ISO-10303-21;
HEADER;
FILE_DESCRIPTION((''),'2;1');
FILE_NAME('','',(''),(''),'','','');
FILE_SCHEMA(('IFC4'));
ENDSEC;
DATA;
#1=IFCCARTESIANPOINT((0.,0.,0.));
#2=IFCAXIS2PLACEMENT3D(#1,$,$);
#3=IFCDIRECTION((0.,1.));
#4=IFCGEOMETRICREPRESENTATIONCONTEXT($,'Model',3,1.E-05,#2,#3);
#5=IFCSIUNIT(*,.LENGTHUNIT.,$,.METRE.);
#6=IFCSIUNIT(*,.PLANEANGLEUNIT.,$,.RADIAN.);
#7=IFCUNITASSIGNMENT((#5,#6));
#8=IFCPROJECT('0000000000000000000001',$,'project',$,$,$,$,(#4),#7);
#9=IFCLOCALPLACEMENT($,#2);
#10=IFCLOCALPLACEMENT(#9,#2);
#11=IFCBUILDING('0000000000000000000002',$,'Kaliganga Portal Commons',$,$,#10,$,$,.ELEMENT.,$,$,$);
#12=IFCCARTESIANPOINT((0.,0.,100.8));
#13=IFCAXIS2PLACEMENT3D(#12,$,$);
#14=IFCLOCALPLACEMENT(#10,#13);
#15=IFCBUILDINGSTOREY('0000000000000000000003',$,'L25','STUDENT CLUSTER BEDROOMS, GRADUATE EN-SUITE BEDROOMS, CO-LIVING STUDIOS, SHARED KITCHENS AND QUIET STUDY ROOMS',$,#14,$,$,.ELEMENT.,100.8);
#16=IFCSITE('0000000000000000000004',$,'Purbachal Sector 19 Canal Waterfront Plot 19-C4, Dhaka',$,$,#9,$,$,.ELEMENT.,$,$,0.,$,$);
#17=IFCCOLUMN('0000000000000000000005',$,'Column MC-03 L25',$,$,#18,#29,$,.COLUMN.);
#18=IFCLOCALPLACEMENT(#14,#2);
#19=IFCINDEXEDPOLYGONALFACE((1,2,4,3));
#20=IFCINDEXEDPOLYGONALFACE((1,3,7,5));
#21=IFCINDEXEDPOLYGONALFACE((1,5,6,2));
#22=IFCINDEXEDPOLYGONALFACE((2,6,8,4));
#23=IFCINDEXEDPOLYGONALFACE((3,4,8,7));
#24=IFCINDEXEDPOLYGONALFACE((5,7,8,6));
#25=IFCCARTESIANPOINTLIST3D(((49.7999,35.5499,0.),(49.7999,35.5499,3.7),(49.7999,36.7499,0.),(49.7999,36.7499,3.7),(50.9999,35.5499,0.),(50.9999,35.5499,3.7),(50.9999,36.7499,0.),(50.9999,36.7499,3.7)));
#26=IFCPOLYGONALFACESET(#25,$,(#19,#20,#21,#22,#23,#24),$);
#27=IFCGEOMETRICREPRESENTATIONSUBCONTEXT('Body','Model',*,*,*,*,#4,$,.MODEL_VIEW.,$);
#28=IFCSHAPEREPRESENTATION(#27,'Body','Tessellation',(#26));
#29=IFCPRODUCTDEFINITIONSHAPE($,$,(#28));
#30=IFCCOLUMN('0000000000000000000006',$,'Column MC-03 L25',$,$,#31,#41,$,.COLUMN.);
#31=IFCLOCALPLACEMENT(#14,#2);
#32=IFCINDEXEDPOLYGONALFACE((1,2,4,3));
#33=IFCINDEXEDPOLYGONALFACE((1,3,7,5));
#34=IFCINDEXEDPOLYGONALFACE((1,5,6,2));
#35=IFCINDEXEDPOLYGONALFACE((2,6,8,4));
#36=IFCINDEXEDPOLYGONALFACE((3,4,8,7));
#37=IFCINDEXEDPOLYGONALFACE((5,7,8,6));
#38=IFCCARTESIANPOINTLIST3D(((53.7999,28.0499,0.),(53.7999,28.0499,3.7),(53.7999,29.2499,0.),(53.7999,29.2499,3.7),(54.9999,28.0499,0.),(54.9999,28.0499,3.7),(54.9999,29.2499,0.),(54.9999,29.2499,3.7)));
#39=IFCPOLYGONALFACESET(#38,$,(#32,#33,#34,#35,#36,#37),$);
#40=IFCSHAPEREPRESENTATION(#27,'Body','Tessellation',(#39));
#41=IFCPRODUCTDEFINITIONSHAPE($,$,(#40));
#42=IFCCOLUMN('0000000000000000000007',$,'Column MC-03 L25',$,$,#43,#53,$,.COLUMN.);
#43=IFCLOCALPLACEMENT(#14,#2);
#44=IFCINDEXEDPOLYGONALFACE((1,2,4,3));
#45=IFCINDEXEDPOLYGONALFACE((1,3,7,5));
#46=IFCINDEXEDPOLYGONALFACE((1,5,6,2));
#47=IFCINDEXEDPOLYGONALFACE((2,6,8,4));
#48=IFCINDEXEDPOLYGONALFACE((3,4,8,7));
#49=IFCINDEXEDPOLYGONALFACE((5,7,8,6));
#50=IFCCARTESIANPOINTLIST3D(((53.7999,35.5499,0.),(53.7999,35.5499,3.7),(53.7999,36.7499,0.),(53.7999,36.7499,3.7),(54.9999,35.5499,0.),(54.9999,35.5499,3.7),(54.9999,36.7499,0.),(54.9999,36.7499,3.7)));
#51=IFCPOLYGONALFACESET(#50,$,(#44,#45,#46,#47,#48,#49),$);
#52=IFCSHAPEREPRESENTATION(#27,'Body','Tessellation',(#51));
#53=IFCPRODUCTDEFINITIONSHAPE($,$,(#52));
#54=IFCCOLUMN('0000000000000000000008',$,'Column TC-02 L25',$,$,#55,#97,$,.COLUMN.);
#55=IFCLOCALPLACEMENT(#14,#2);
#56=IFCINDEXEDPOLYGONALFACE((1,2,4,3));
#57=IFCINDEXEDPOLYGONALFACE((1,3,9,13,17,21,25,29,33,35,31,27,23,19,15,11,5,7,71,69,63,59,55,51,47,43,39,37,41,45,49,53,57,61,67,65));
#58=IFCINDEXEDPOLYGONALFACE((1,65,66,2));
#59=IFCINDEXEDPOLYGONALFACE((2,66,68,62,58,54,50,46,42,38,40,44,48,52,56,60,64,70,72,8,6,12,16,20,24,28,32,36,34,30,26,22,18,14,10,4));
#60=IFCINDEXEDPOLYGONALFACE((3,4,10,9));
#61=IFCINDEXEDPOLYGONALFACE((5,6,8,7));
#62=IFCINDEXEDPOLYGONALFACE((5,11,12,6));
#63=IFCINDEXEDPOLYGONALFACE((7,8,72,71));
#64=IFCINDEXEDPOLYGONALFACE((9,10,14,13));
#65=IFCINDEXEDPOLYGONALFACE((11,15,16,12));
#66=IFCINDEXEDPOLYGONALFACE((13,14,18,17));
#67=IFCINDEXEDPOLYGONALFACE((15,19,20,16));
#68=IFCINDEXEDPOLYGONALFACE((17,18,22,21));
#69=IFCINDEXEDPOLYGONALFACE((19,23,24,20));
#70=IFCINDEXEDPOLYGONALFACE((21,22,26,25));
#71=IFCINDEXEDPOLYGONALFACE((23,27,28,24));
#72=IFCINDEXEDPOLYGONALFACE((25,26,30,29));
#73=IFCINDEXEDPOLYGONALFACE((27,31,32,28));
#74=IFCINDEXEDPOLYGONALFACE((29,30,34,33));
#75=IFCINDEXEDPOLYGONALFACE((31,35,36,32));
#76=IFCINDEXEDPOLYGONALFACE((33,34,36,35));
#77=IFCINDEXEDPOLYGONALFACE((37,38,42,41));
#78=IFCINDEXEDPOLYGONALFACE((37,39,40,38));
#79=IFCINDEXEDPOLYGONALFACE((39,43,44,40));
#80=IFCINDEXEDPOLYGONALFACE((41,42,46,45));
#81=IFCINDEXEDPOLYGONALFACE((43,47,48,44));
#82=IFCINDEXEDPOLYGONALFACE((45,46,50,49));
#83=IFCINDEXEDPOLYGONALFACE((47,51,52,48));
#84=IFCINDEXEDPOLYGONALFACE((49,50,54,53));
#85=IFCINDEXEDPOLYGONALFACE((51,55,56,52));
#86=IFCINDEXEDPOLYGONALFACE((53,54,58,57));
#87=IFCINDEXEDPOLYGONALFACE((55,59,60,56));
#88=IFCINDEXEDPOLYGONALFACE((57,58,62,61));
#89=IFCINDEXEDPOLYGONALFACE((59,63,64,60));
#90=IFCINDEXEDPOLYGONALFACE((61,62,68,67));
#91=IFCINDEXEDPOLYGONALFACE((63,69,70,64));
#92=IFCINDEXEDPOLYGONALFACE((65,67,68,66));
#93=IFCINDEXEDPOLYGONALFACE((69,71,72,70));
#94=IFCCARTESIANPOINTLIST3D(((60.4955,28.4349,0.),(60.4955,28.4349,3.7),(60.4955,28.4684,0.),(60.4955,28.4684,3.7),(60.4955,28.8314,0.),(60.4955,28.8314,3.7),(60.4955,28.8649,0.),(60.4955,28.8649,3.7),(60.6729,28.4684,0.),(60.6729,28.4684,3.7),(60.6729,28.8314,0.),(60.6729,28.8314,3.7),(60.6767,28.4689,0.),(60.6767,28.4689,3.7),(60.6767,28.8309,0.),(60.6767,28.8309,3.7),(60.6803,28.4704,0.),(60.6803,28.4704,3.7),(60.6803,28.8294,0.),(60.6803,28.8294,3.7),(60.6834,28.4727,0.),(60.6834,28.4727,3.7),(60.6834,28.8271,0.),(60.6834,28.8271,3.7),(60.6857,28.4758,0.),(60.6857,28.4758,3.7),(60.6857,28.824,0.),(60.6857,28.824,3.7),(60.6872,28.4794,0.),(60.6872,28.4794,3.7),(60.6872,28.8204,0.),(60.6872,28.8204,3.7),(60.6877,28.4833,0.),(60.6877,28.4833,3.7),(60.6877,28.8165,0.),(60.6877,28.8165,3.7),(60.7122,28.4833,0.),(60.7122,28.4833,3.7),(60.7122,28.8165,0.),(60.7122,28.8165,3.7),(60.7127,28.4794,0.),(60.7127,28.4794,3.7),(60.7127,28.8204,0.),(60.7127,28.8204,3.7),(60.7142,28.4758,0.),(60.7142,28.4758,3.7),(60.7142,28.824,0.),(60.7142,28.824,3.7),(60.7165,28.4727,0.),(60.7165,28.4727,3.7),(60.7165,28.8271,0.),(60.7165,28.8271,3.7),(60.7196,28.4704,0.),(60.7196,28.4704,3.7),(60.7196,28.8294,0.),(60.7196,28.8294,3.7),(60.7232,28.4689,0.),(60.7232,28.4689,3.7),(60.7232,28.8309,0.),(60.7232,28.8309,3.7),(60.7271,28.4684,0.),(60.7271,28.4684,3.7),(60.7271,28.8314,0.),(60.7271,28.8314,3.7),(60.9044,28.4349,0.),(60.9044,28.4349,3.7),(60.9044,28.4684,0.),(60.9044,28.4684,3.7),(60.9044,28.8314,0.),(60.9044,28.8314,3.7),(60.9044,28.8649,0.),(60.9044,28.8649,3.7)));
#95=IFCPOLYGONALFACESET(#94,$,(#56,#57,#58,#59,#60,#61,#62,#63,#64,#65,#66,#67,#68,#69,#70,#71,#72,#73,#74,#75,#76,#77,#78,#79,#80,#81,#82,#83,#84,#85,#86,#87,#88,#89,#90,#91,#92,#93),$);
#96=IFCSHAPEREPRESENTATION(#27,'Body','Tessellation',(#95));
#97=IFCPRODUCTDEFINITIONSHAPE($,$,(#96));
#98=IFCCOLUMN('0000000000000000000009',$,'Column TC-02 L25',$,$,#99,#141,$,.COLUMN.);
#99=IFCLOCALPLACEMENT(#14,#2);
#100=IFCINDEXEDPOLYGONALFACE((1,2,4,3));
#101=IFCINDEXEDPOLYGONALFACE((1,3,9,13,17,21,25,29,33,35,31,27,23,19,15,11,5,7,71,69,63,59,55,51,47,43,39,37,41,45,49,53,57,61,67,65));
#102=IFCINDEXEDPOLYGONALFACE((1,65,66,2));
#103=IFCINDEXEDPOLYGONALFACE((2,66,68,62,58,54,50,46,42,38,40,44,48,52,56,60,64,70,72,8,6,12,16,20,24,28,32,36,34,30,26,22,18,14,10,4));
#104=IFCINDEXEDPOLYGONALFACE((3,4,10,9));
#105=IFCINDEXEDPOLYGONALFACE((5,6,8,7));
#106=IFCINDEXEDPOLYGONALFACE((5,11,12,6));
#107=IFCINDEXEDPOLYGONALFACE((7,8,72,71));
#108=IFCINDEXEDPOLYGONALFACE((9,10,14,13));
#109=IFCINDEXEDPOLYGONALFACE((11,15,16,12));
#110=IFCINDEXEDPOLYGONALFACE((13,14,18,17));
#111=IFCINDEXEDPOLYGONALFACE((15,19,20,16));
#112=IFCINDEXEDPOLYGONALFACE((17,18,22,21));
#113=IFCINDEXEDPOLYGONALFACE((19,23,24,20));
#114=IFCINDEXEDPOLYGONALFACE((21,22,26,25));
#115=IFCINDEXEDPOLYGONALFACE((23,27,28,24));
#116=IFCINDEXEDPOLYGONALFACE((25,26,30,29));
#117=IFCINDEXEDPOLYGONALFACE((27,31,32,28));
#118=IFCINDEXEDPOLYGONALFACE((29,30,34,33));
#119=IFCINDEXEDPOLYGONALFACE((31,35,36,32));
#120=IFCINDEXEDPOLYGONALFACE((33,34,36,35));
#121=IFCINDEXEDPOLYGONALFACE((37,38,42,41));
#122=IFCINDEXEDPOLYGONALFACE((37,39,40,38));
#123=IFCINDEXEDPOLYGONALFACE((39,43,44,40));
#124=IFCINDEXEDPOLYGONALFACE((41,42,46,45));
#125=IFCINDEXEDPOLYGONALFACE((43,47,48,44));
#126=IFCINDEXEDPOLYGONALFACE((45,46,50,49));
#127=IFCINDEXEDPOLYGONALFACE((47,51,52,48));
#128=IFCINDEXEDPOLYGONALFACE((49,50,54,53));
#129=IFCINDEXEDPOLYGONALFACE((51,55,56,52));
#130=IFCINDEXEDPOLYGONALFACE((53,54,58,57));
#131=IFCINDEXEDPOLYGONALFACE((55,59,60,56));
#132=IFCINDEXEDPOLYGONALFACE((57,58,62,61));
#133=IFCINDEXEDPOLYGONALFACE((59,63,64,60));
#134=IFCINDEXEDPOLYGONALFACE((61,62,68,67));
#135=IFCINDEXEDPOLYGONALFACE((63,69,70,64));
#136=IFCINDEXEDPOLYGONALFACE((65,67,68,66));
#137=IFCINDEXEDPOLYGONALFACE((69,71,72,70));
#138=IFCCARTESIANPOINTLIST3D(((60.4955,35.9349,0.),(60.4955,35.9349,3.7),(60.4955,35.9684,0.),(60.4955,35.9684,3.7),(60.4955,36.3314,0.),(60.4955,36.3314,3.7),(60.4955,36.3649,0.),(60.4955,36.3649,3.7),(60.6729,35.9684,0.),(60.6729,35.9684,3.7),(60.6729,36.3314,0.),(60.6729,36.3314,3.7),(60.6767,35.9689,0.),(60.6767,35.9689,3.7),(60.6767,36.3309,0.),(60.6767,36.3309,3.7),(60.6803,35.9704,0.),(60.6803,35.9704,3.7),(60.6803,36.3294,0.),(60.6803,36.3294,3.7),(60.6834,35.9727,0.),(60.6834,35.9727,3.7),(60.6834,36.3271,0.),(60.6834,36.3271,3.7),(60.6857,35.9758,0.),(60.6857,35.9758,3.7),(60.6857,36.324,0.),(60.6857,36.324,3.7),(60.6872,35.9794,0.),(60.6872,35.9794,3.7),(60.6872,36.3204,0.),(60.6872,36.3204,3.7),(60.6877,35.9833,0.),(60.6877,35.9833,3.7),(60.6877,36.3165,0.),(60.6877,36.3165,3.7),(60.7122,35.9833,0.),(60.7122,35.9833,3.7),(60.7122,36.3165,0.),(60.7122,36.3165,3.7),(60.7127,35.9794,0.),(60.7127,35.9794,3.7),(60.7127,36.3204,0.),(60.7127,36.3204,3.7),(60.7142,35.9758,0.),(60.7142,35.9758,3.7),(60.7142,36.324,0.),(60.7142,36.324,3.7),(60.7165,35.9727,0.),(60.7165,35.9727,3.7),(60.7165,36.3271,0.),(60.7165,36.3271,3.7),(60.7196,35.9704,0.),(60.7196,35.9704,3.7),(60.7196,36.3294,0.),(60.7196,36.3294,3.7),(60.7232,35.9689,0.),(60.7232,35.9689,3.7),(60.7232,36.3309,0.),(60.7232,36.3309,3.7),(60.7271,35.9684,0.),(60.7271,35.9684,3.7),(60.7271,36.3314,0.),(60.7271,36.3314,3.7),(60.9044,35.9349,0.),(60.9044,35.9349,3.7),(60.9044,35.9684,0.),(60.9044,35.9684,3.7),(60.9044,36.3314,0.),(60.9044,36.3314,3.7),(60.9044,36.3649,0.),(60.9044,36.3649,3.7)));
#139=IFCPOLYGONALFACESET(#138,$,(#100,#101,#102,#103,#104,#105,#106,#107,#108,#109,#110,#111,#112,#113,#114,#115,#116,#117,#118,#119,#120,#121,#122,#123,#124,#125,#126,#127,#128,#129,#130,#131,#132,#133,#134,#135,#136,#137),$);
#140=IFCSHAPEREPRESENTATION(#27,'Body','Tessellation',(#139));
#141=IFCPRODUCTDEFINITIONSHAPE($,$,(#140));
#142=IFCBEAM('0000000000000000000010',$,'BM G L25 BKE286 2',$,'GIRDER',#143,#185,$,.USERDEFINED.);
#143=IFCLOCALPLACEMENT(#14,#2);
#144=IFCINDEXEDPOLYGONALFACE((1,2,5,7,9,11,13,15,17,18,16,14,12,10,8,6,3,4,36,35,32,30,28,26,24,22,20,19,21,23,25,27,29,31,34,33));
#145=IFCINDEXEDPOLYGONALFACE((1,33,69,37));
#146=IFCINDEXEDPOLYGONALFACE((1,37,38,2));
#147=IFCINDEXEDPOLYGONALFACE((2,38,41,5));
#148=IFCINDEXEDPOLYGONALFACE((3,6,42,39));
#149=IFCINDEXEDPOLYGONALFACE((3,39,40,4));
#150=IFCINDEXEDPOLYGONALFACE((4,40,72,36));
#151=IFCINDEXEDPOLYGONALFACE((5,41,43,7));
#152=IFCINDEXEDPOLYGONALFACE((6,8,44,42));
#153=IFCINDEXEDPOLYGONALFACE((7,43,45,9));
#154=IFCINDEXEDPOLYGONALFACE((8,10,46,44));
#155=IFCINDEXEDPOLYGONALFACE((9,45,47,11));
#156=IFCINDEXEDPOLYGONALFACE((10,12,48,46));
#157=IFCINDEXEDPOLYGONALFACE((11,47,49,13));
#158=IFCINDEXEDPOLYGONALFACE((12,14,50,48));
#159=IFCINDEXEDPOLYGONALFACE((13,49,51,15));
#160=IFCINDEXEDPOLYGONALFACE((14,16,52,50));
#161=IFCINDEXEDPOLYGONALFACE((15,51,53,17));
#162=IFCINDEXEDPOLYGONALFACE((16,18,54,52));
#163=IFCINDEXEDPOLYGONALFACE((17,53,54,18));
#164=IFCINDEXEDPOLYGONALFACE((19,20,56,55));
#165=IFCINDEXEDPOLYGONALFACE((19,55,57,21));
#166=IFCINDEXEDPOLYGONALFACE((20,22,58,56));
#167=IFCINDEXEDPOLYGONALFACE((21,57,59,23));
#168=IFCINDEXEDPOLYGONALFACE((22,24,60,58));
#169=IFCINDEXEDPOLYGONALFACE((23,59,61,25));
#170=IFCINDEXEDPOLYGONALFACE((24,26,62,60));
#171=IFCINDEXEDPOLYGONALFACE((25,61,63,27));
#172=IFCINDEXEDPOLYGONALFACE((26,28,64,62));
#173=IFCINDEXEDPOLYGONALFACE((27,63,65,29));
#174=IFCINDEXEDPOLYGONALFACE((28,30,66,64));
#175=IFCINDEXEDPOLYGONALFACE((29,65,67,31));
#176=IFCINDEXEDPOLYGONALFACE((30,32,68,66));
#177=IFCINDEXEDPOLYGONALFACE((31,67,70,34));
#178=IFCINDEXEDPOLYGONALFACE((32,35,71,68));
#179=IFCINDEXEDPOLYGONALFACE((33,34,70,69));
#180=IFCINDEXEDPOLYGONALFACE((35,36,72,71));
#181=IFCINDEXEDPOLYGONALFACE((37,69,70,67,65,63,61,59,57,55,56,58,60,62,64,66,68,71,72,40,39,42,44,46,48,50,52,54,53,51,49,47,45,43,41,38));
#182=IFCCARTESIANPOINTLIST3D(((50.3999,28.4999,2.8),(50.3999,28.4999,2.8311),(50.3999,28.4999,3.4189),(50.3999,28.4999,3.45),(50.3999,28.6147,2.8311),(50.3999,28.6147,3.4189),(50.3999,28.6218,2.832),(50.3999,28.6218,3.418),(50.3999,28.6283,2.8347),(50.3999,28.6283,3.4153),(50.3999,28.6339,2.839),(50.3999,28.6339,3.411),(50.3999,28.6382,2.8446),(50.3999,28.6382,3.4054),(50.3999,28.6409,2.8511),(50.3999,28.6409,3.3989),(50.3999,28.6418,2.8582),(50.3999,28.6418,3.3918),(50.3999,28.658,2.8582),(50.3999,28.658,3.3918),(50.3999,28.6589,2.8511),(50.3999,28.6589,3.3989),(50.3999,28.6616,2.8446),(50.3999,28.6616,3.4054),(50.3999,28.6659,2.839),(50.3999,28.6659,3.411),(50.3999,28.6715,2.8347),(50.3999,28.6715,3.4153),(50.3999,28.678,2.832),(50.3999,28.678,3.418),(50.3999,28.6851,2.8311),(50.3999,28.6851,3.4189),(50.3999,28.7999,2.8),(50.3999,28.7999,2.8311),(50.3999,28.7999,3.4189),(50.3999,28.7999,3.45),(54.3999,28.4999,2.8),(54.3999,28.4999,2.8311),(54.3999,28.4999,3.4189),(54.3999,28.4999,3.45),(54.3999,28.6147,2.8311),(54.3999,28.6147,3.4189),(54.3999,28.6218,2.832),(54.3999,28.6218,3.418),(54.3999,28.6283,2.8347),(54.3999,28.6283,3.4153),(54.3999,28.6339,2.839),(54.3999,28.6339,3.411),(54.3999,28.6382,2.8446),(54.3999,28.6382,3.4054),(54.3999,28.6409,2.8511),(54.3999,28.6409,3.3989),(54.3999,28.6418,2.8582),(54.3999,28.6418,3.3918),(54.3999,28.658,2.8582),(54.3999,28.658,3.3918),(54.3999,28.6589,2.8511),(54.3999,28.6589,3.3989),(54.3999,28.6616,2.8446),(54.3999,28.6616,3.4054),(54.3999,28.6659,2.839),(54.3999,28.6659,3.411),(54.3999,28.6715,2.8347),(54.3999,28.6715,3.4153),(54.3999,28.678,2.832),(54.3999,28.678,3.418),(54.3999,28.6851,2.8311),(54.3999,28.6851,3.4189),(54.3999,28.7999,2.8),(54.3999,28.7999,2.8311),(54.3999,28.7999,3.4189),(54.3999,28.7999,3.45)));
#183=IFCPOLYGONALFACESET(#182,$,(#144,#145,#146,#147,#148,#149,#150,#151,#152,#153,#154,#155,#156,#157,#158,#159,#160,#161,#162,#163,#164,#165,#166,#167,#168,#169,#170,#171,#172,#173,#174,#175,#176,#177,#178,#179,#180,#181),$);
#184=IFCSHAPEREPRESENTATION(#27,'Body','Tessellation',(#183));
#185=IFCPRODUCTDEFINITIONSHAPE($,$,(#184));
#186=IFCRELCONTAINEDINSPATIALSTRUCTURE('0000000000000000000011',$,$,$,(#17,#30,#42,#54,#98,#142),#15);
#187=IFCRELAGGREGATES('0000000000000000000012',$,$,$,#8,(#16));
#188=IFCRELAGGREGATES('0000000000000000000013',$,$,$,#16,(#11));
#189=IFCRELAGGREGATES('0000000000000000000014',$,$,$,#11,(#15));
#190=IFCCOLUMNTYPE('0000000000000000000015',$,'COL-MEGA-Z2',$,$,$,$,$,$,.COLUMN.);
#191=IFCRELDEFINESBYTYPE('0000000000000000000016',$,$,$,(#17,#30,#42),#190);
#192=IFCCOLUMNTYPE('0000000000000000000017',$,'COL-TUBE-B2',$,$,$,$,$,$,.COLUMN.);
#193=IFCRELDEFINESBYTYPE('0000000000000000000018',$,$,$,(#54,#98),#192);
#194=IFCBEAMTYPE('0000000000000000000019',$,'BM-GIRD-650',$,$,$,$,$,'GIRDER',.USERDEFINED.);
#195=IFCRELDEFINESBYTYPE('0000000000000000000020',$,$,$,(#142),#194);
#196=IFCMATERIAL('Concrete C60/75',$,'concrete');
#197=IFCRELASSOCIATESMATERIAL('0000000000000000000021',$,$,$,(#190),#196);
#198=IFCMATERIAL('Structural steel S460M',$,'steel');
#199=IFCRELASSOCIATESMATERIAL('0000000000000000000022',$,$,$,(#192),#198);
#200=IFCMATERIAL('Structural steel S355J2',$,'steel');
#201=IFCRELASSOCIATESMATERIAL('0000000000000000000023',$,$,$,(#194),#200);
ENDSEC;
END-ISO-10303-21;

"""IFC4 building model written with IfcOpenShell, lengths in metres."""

from ifc_helpers import new_model, si_unit, direction, frame, origin, origin_2d, place, context, subcontext, project, spatial, rectangle, i_section, extrude, source, transform, mapped, material, material_profile, profile_set, type_object, element, save


model = new_model("IFC4")

# Units and contexts
model_context = context("Model", 3, precision=1e-05, world=origin(), true_north=direction((0.0, 1.0)))
body_context = subcontext(model_context, "Body", "Model", "MODEL_VIEW")
ifc_project = project(units=[si_unit("LENGTHUNIT", "METRE"), si_unit("PLANEANGLEUNIT", "RADIAN")], contexts=[model_context])

# Site, building, storey
site_placement = place(None, origin())
site = spatial("IfcSite", under=ifc_project, at=site_placement, Name="Purbachal Sector 19 Canal Waterfront Plot 19-C4, Dhaka", CompositionType="ELEMENT", RefElevation=0.0)
building_placement = place(site_placement, origin())
building = spatial("IfcBuilding", under=site, at=building_placement, Name="Kaliganga Portal Commons", CompositionType="ELEMENT")
storey_placement = place(building_placement, frame((0.0, 0.0, 100.8)))
storey = spatial("IfcBuildingStorey", under=building, at=storey_placement, Name="L25", Description="STUDENT CLUSTER BEDROOMS, GRADUATE EN-SUITE BEDROOMS, CO-LIVING STUDIOS, SHARED KITCHENS AND QUIET STUDY ROOMS", CompositionType="ELEMENT", Elevation=100.8)

# Columns
ifc_material_1 = material(Name="Concrete C60/75", Category="concrete")
ifc_material_profile_1 = material_profile(ifc_material_1, rectangle(XDim=1.2, YDim=1.2, at=origin_2d()), Name="RC 1200x1200")
ifc_profile_set_1 = profile_set([ifc_material_profile_1], Name="Concrete C60/75")
column_type_1 = type_object("IfcColumnType", Name="COL-MEGA-Z2", PredefinedType="COLUMN", material=ifc_profile_set_1)
shared_shape_1 = source(origin(), body_context, "Body", "SweptSolid", [
    extrude(rectangle(XDim=1.2, YDim=1.2, at=origin_2d()), origin(), (0.0, 0.0, 1.0), 3.7),
])
for number, where, z_axis, x_axis, name in (
    (1, (50.3999, 36.1499, 0.0), (0.0, 0.0, 1.0), (1.0, 0.0, 0.0), "Column MC-03 L25"),
    (2, (54.3999, 28.6499, 0.0), (0.0, 0.0, 1.0), (1.0, 0.0, 0.0), "Column MC-03 L25"),
    (3, (54.3999, 36.1499, 0.0), (0.0, 0.0, 1.0), (1.0, 0.0, 0.0), "Column MC-03 L25"),
):
    element("IfcColumn", number, at=place(storey_placement, frame(where, z_axis=z_axis, x_axis=x_axis)), inside=storey, type_object=column_type_1, Name=name, PredefinedType="COLUMN", context=body_context, shape_type="MappedRepresentation", body=[
        mapped(shared_shape_1, transform((0.0, 0.0, 0.0), x_axis=(1.0, 0.0, 0.0), y_axis=(0.0, 1.0, 0.0), z_axis=(0.0, 0.0, 1.0), scale=1.0)),
    ])
ifc_material_2 = material(Name="Structural steel S460M", Category="steel")
ifc_material_profile_2 = material_profile(ifc_material_2, i_section(OverallWidth=0.4089, OverallDepth=0.4299, WebThickness=0.0244, FlangeThickness=0.0334, FilletRadius=0.0149, at=origin_2d()), Name="HD 400x421")
ifc_profile_set_2 = profile_set([ifc_material_profile_2], Name="Structural steel S460M wide-flange")
column_type_2 = type_object("IfcColumnType", Name="COL-TUBE-B2", PredefinedType="COLUMN", material=ifc_profile_set_2)
shared_shape_2 = source(origin(), body_context, "Body", "SweptSolid", [
    extrude(i_section(OverallWidth=0.4089, OverallDepth=0.4299, WebThickness=0.0244, FlangeThickness=0.0334, FilletRadius=0.0149, at=origin_2d()), origin(), (0.0, 0.0, 1.0), 3.7),
])
for number, where, z_axis, x_axis, name in (
    (4, (60.7, 28.6499, 0.0), (0.0, 0.0, 1.0), (1.0, 0.0, 0.0), "Column TC-02 L25"),
    (5, (60.7, 36.1499, 0.0), (0.0, 0.0, 1.0), (1.0, 0.0, 0.0), "Column TC-02 L25"),
):
    element("IfcColumn", number, at=place(storey_placement, frame(where, z_axis=z_axis, x_axis=x_axis)), inside=storey, type_object=column_type_2, Name=name, PredefinedType="COLUMN", context=body_context, shape_type="MappedRepresentation", body=[
        mapped(shared_shape_2, transform((0.0, 0.0, 0.0), x_axis=(1.0, 0.0, 0.0), y_axis=(0.0, 1.0, 0.0), z_axis=(0.0, 0.0, 1.0), scale=1.0)),
    ])

# Beam
ifc_material_3 = material(Name="Structural steel S355J2", Category="steel")
ifc_material_profile_3 = material_profile(ifc_material_3, i_section(OverallWidth=0.3, OverallDepth=0.6499, WebThickness=0.0161, FlangeThickness=0.031, FilletRadius=0.0271, at=origin_2d()), Name="HE 650 B")
ifc_profile_set_3 = profile_set([ifc_material_profile_3], Name="Structural steel S355J2 wide-flange")
beam_type_1 = type_object("IfcBeamType", Name="BM-GIRD-650", ElementType="GIRDER", PredefinedType="USERDEFINED", material=ifc_profile_set_3)
shared_shape_3 = source(origin(), body_context, "Body", "SweptSolid", [
    extrude(i_section(OverallWidth=0.3, OverallDepth=0.6499, WebThickness=0.0161, FlangeThickness=0.031, FilletRadius=0.0271, at=origin_2d()), origin(), (0.0, 0.0, 1.0), 4.0),
])
for number, where, z_axis, x_axis, name in (
    (6, (50.3999, 28.6499, 3.125), (1.0, 0.0, 0.0), (0.0, 1.0, 0.0), "BM G L25 BKE286 2"),
):
    element("IfcBeam", number, at=place(storey_placement, frame(where, z_axis=z_axis, x_axis=x_axis)), inside=storey, type_object=beam_type_1, Name=name, ObjectType="GIRDER", PredefinedType="USERDEFINED", context=body_context, shape_type="MappedRepresentation", body=[
        mapped(shared_shape_3, transform((0.0, 0.0, 0.0), x_axis=(1.0, 0.0, 0.0), y_axis=(0.0, 1.0, 0.0), z_axis=(0.0, 0.0, 1.0), scale=1.0)),
    ])

save(model, "model.ifc")
